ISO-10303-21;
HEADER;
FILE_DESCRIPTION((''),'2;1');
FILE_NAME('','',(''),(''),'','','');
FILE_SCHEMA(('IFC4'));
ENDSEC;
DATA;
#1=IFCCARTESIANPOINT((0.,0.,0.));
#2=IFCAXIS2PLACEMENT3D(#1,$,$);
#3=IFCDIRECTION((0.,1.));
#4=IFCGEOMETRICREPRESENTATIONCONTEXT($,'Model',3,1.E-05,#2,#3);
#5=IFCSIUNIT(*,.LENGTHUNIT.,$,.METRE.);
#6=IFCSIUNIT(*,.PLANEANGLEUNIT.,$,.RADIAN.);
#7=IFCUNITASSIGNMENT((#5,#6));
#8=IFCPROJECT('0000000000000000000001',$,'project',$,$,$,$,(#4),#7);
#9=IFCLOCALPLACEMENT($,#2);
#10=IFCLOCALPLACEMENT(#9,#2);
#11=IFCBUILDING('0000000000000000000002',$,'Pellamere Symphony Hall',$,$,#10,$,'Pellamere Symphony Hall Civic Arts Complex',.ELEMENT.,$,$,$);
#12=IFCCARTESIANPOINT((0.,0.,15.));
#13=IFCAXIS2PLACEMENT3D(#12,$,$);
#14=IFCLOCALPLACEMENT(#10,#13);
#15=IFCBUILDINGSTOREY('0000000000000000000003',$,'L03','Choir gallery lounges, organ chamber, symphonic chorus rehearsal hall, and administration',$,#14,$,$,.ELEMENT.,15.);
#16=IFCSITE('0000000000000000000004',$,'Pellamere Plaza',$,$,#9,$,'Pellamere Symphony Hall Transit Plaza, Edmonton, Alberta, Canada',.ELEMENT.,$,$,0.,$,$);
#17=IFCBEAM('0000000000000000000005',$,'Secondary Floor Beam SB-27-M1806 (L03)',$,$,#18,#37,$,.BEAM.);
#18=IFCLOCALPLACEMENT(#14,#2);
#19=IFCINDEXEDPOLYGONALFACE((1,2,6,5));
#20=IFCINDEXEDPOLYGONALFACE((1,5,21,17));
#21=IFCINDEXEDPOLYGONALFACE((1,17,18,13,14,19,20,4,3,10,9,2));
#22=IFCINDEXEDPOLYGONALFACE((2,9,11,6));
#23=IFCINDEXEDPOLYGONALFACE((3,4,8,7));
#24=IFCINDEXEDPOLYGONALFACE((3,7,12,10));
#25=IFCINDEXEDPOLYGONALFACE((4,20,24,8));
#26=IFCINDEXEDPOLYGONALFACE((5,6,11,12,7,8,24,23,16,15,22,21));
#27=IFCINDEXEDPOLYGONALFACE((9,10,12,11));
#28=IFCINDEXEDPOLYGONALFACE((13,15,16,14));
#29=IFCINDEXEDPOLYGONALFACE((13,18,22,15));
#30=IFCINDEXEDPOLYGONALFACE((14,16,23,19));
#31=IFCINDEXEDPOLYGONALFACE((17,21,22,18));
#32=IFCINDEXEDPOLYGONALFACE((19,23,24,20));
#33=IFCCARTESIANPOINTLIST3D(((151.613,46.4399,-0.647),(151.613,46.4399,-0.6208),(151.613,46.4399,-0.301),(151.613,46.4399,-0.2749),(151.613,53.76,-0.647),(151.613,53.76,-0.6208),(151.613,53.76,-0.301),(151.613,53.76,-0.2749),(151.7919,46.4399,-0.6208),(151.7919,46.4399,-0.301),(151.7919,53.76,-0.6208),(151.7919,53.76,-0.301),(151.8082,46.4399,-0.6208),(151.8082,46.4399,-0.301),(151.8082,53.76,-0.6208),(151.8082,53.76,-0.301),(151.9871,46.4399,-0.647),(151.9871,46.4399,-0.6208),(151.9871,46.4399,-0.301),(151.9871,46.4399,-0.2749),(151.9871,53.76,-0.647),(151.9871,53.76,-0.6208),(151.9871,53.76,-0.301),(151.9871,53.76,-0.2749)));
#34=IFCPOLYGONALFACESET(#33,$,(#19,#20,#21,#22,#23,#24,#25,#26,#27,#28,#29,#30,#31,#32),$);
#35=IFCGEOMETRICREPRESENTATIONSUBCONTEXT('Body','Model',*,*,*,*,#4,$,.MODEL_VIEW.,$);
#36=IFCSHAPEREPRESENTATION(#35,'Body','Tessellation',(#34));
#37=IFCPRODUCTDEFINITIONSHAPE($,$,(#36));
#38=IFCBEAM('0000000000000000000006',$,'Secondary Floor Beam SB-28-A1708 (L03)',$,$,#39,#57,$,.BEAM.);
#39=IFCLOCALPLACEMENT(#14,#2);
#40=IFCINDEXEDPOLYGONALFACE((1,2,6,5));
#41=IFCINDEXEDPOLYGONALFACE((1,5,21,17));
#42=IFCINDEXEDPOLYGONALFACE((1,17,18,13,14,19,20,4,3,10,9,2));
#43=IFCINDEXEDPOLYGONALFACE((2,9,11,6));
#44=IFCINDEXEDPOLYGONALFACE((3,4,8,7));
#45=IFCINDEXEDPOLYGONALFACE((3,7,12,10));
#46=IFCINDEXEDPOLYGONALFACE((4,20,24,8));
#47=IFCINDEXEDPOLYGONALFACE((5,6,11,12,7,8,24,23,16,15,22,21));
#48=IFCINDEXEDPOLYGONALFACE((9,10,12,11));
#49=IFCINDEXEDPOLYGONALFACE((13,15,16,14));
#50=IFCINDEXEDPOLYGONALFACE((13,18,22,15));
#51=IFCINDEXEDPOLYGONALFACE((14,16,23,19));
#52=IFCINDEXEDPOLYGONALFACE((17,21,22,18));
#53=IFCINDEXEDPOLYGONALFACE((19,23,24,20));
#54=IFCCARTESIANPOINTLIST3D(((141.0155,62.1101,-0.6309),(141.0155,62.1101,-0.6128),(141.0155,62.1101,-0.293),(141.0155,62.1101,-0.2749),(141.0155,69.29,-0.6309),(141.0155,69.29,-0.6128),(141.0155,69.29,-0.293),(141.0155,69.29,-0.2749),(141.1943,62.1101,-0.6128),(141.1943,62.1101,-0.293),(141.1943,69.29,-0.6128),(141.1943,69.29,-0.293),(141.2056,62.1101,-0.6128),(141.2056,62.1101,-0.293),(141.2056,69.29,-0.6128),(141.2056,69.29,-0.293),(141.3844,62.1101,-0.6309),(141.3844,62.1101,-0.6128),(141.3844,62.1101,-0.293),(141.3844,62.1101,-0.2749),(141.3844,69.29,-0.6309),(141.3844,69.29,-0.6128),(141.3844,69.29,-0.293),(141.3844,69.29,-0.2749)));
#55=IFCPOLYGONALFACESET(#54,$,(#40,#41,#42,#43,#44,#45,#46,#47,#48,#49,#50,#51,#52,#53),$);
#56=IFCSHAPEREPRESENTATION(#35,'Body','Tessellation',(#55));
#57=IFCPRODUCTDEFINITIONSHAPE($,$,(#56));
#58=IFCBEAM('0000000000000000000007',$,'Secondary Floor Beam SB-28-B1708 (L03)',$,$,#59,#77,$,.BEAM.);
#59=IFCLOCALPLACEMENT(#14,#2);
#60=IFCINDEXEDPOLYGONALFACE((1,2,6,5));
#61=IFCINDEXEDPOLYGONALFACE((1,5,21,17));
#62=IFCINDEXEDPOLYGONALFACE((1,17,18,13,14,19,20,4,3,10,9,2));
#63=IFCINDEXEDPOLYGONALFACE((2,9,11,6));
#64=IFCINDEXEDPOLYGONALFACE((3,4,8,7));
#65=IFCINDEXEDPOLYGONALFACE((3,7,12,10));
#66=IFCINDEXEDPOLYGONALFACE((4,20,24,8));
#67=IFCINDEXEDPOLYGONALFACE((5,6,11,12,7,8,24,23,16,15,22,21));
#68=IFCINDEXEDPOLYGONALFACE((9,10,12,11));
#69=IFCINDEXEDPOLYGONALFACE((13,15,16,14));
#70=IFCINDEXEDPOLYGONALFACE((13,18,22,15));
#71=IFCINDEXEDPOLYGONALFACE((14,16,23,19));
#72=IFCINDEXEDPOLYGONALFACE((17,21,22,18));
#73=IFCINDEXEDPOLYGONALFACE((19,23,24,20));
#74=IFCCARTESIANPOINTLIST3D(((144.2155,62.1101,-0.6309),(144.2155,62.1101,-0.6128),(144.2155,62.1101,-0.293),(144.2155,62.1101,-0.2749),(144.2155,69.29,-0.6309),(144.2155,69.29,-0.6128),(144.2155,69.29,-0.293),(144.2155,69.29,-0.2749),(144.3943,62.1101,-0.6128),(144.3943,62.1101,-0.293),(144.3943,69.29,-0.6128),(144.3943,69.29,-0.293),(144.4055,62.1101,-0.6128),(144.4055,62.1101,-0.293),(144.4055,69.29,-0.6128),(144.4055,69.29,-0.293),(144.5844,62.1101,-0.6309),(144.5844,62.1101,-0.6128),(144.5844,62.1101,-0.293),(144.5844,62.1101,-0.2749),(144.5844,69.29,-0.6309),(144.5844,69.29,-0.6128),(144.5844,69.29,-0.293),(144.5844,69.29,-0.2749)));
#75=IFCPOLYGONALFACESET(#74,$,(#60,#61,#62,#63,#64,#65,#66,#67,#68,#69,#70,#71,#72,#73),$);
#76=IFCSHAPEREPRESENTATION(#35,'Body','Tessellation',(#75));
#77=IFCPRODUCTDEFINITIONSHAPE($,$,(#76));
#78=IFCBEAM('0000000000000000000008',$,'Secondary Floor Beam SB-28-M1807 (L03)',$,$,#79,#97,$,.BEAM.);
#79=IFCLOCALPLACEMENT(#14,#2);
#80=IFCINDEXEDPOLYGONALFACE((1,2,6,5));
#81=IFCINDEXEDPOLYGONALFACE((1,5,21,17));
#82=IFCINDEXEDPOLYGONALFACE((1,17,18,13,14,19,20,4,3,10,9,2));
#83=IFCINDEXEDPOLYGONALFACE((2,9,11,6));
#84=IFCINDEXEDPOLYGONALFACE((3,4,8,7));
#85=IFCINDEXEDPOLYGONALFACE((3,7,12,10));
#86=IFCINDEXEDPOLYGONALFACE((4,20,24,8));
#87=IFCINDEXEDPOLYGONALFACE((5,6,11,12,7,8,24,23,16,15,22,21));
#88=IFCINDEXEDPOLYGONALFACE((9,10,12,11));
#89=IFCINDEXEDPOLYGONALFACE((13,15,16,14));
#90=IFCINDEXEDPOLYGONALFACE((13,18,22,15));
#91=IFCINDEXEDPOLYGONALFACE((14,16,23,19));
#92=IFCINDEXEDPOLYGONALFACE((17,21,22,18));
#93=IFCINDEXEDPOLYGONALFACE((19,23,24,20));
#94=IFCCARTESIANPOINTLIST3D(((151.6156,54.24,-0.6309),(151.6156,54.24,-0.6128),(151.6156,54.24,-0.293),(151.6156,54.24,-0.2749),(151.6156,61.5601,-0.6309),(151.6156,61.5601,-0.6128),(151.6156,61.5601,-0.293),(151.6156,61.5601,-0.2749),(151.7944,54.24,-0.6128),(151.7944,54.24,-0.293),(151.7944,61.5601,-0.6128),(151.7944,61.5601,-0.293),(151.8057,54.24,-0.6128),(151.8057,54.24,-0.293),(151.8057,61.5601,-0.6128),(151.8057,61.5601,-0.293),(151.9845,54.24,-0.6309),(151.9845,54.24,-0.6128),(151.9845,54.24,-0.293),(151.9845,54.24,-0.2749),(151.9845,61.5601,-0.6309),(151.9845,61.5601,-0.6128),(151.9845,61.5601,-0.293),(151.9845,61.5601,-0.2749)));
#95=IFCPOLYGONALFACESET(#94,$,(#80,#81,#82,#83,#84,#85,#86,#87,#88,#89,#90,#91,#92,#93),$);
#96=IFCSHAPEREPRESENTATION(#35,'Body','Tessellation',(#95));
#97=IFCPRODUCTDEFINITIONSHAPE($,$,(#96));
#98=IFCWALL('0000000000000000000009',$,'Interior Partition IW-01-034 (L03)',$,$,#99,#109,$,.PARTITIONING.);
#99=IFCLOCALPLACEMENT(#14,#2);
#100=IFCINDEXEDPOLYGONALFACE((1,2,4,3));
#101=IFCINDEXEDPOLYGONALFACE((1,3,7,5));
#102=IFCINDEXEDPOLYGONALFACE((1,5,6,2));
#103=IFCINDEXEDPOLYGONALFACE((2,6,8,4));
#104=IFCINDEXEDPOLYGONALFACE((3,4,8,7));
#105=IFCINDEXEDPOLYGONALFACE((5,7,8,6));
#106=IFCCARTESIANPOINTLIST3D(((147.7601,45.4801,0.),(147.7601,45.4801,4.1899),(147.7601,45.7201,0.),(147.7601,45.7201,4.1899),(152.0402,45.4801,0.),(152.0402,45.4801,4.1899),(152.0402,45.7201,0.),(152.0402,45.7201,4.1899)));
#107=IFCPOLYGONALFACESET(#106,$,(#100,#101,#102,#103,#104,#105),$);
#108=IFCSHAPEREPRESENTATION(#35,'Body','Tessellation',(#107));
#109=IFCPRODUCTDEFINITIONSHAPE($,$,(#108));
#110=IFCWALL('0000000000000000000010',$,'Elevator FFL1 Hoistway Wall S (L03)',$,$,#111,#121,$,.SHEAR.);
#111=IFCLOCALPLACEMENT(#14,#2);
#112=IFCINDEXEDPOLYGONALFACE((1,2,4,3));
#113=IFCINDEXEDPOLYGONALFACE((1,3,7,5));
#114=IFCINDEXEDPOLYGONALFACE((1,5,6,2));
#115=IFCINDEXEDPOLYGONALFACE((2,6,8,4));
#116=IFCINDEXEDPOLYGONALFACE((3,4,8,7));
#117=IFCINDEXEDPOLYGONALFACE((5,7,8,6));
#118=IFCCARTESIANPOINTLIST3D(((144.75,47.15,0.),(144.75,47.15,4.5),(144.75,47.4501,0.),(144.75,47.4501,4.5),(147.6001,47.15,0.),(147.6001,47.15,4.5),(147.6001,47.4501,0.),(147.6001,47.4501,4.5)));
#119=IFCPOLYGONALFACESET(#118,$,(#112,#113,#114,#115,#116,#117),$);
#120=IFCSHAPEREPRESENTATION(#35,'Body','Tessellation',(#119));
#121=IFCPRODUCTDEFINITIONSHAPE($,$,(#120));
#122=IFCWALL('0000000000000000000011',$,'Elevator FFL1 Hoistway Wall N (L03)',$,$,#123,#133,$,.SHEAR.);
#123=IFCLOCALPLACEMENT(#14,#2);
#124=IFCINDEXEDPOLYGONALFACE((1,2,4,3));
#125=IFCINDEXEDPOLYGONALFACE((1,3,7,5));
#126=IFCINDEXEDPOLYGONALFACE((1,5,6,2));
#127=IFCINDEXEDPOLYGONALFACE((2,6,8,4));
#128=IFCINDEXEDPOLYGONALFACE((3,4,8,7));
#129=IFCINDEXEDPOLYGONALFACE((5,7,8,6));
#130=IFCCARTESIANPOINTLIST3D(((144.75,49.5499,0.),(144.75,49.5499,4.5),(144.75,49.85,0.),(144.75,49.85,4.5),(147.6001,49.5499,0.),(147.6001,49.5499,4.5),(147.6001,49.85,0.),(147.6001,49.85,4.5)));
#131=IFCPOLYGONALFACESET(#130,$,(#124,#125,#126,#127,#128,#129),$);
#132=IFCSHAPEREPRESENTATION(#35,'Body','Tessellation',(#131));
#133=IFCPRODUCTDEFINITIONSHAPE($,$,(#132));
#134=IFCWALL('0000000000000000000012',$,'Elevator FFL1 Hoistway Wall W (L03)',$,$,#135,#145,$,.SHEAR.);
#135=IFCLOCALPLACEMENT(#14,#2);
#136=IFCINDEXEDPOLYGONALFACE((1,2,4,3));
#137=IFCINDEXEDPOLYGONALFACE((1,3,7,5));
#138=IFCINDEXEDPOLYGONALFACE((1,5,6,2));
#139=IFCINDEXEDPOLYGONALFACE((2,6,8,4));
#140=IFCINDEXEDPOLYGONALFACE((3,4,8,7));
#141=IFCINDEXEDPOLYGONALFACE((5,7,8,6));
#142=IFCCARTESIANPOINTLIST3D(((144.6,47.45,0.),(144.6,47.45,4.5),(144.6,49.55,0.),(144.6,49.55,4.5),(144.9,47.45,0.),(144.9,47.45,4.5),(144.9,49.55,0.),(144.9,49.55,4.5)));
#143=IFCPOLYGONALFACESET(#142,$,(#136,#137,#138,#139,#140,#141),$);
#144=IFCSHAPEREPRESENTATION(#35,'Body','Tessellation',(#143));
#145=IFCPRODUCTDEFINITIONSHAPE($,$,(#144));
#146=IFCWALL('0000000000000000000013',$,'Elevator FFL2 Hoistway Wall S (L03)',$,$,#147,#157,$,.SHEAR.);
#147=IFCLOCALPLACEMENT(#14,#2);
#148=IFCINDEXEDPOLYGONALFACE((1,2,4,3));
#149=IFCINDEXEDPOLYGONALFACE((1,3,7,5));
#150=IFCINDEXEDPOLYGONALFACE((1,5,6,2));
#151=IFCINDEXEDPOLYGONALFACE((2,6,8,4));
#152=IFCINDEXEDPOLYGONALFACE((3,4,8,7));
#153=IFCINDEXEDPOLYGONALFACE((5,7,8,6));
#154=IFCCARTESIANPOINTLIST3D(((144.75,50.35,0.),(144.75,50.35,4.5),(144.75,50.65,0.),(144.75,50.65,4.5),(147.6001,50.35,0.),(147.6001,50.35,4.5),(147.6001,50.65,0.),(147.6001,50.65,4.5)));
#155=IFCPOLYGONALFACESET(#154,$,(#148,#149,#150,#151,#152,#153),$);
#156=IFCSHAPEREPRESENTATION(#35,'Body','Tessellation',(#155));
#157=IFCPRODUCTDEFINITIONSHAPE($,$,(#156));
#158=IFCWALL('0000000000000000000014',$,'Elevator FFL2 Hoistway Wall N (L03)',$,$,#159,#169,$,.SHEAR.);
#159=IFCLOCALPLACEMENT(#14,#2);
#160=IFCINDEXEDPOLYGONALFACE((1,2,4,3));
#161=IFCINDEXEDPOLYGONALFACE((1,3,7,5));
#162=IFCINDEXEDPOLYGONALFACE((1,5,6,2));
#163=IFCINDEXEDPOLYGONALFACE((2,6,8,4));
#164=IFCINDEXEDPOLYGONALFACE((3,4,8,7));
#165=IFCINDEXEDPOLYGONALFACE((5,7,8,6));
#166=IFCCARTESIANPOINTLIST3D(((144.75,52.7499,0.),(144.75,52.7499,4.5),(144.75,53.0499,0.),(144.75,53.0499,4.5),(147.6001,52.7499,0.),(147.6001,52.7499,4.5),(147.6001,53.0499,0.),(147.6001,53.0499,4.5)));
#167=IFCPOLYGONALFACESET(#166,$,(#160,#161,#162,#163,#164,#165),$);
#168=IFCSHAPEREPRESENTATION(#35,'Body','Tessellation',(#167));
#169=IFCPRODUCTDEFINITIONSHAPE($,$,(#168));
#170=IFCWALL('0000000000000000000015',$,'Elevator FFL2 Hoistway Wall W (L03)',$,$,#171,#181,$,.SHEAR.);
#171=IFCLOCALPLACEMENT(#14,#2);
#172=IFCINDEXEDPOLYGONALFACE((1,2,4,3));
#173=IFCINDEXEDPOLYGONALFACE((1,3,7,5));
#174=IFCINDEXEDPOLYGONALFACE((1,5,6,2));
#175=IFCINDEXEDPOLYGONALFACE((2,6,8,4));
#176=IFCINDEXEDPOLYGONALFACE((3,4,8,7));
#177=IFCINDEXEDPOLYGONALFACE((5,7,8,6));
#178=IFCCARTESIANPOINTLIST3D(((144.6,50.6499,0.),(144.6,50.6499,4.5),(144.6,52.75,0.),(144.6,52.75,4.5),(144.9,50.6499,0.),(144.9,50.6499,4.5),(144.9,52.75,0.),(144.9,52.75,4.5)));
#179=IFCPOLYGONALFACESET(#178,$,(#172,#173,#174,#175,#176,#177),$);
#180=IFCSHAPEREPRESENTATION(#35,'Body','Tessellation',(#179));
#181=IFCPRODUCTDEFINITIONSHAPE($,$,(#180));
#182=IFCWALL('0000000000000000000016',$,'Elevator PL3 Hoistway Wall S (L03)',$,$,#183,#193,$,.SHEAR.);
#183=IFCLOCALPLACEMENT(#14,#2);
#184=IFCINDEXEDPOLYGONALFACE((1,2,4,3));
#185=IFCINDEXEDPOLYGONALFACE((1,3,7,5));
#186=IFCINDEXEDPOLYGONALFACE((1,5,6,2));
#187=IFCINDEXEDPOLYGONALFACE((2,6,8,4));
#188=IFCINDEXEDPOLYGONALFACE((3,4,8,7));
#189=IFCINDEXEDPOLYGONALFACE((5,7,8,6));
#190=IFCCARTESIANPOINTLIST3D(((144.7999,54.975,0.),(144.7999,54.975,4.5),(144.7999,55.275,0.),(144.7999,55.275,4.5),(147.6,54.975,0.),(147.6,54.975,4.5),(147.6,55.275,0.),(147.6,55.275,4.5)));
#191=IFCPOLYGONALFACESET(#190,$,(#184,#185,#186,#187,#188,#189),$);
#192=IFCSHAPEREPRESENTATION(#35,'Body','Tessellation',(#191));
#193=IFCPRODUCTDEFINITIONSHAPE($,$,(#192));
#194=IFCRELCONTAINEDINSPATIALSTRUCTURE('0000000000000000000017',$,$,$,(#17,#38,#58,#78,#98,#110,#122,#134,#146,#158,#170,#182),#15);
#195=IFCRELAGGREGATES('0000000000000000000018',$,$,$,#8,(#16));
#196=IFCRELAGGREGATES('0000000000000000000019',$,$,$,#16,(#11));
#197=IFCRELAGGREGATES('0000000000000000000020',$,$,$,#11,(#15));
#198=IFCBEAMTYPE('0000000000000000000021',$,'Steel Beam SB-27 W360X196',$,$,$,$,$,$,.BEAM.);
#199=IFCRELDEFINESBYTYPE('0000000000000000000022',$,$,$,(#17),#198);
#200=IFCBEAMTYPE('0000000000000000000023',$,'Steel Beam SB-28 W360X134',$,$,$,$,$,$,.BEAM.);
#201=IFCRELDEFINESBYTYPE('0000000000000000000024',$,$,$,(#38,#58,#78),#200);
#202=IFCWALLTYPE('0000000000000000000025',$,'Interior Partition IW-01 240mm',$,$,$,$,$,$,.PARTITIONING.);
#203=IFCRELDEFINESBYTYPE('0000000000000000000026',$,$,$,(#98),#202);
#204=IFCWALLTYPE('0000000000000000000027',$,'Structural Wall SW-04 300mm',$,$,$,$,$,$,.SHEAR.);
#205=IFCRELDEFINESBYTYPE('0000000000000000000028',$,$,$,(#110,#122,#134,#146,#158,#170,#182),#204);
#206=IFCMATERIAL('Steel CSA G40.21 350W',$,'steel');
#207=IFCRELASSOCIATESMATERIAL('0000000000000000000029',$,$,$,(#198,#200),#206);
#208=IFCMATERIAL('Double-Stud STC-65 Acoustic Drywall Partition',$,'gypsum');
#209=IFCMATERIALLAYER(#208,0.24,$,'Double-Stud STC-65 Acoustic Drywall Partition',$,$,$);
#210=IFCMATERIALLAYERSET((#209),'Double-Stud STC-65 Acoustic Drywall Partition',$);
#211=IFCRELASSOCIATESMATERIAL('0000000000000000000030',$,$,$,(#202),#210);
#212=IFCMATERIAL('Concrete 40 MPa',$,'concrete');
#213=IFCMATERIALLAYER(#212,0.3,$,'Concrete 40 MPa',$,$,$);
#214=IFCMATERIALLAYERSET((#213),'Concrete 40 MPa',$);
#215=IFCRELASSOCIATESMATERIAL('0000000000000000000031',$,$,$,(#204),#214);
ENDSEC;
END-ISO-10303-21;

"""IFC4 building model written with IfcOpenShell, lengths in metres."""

from ifc_helpers import new_model, si_unit, direction, frame, frame_2d, origin, origin_2d, place, context, subcontext, project, spatial, rectangle, i_section, extrude, material, layer, layer_set, material_profile, profile_set, type_object, element, save


model = new_model("IFC4")

# Units and contexts
model_context = context("Model", 3, precision=1e-05, world=origin(), true_north=direction((0.0, 1.0)))
body_context = subcontext(model_context, "Body", "Model", "MODEL_VIEW")
ifc_project = project(units=[si_unit("LENGTHUNIT", "METRE"), si_unit("PLANEANGLEUNIT", "RADIAN")], contexts=[model_context])

# Site, building, storey
site_placement = place(None, origin())
site = spatial("IfcSite", under=ifc_project, at=site_placement, Name="Pellamere Plaza", LongName="Pellamere Symphony Hall Transit Plaza, Edmonton, Alberta, Canada", CompositionType="ELEMENT", RefElevation=0.0)
building_placement = place(site_placement, origin())
building = spatial("IfcBuilding", under=site, at=building_placement, Name="Pellamere Symphony Hall", LongName="Pellamere Symphony Hall Civic Arts Complex", CompositionType="ELEMENT")
storey_placement = place(building_placement, frame((0.0, 0.0, 15.0)))
storey = spatial("IfcBuildingStorey", under=building, at=storey_placement, Name="L03", Description="Choir gallery lounges, organ chamber, symphonic chorus rehearsal hall, and administration", CompositionType="ELEMENT", Elevation=15.0)

# Shared definitions
ifc_material_1 = material(Name="Concrete 40 MPa", Category="concrete")

# Beams
ifc_material_2 = material(Name="Steel CSA G40.21 350W", Category="steel")
ifc_material_profile_1 = material_profile(ifc_material_2, i_section(OverallWidth=0.374, OverallDepth=0.3721, WebThickness=0.0164, FlangeThickness=0.0261, at=origin_2d()), Name="W360X196")
ifc_profile_set_1 = profile_set([ifc_material_profile_1], Name="Steel CSA G40.21 350W")
beam_type_1 = type_object("IfcBeamType", Name="Steel Beam SB-27 W360X196", PredefinedType="BEAM", material=ifc_profile_set_1)
beam_1_placement = place(storey_placement, frame((151.8, 46.4399, -0.4609), z_axis=(0.0, 1.0, 0.0), x_axis=(-1.0, 0.0, 0.0)))
element("IfcBeam", 1, at=beam_1_placement, inside=storey, type_object=beam_type_1, Name="Secondary Floor Beam SB-27-M1806 (L03)", PredefinedType="BEAM", context=body_context, shape_type="SweptSolid", body=[
    extrude(i_section(OverallWidth=0.374, OverallDepth=0.3721, WebThickness=0.0164, FlangeThickness=0.0261, at=origin_2d()), origin(), (0.0, 0.0, 1.0), 7.3201),
])
ifc_material_profile_2 = material_profile(ifc_material_2, i_section(OverallWidth=0.3689, OverallDepth=0.356, WebThickness=0.0112, FlangeThickness=0.0181, at=origin_2d()), Name="W360X134")
ifc_profile_set_2 = profile_set([ifc_material_profile_2], Name="Steel CSA G40.21 350W")
beam_type_2 = type_object("IfcBeamType", Name="Steel Beam SB-28 W360X134", PredefinedType="BEAM", material=ifc_profile_set_2)
for number, where, z_axis, x_axis, name in (
    (2, (141.2, 62.1101, -0.4529), (0.0, 1.0, 0.0), (-1.0, 0.0, 0.0), "Secondary Floor Beam SB-28-A1708 (L03)"),
    (3, (144.3999, 62.1101, -0.4529), (0.0, 1.0, 0.0), (-1.0, 0.0, 0.0), "Secondary Floor Beam SB-28-B1708 (L03)"),
):
    element("IfcBeam", number, at=place(storey_placement, frame(where, z_axis=z_axis, x_axis=x_axis)), inside=storey, type_object=beam_type_2, Name=name, PredefinedType="BEAM", context=body_context, shape_type="SweptSolid", body=[
        extrude(i_section(OverallWidth=0.3689, OverallDepth=0.356, WebThickness=0.0112, FlangeThickness=0.0181, at=origin_2d()), origin(), (0.0, 0.0, 1.0), 7.1799),
    ])
beam_2_placement = place(storey_placement, frame((151.8, 54.24, -0.4529), z_axis=(0.0, 1.0, 0.0), x_axis=(-1.0, 0.0, 0.0)))
element("IfcBeam", 4, at=beam_2_placement, inside=storey, type_object=beam_type_2, Name="Secondary Floor Beam SB-28-M1807 (L03)", PredefinedType="BEAM", context=body_context, shape_type="SweptSolid", body=[
    extrude(i_section(OverallWidth=0.3689, OverallDepth=0.356, WebThickness=0.0112, FlangeThickness=0.0181, at=origin_2d()), origin(), (0.0, 0.0, 1.0), 7.3201),
])

# Walls
ifc_material_3 = material(Name="Double-Stud STC-65 Acoustic Drywall Partition", Category="gypsum")
ifc_layer_1 = layer(ifc_material_3, 0.24, Name="Double-Stud STC-65 Acoustic Drywall Partition")
ifc_layer_set_1 = layer_set([ifc_layer_1], Name="Double-Stud STC-65 Acoustic Drywall Partition")
wall_type_1 = type_object("IfcWallType", Name="Interior Partition IW-01 240mm", PredefinedType="PARTITIONING", material=ifc_layer_set_1)
wall_1_placement = place(storey_placement, frame((147.76, 45.6001, 0.0), z_axis=(0.0, 0.0, 1.0), x_axis=(1.0, 0.0, 0.0)))
element("IfcWall", 5, at=wall_1_placement, inside=storey, type_object=wall_type_1, Name="Interior Partition IW-01-034 (L03)", PredefinedType="PARTITIONING", context=body_context, shape_type="SweptSolid", body=[
    extrude(rectangle(XDim=4.28, YDim=0.24, at=frame_2d((2.1401, 0.0))), origin(), (0.0, 0.0, 1.0), 4.1899),
])
ifc_layer_2 = layer(ifc_material_1, 0.3, Name="Concrete 40 MPa")
ifc_layer_set_2 = layer_set([ifc_layer_2], Name="Concrete 40 MPa")
wall_type_2 = type_object("IfcWallType", Name="Structural Wall SW-04 300mm", PredefinedType="SHEAR", material=ifc_layer_set_2)
for number, where, z_axis, x_axis, name in (
    (6, (144.75, 47.3, 0.0), (0.0, 0.0, 1.0), (1.0, 0.0, 0.0), "Elevator FFL1 Hoistway Wall S (L03)"),
    (7, (144.75, 49.7, 0.0), (0.0, 0.0, 1.0), (1.0, 0.0, 0.0), "Elevator FFL1 Hoistway Wall N (L03)"),
):
    element("IfcWall", number, at=place(storey_placement, frame(where, z_axis=z_axis, x_axis=x_axis)), inside=storey, type_object=wall_type_2, Name=name, PredefinedType="SHEAR", context=body_context, shape_type="SweptSolid", body=[
        extrude(rectangle(XDim=2.8501, YDim=0.3, at=frame_2d((1.425, 0.0))), origin(), (0.0, 0.0, 1.0), 4.5),
    ])
wall_2_placement = place(storey_placement, frame((144.75, 47.45, 0.0), z_axis=(0.0, 0.0, 1.0), x_axis=(0.0, 1.0, 0.0)))
element("IfcWall", 8, at=wall_2_placement, inside=storey, type_object=wall_type_2, Name="Elevator FFL1 Hoistway Wall W (L03)", PredefinedType="SHEAR", context=body_context, shape_type="SweptSolid", body=[
    extrude(rectangle(XDim=2.1001, YDim=0.3, at=frame_2d((1.05, 0.0))), origin(), (0.0, 0.0, 1.0), 4.5),
])
for number, where, z_axis, x_axis, name in (
    (9, (144.75, 50.5, 0.0), (0.0, 0.0, 1.0), (1.0, 0.0, 0.0), "Elevator FFL2 Hoistway Wall S (L03)"),
    (10, (144.75, 52.8999, 0.0), (0.0, 0.0, 1.0), (1.0, 0.0, 0.0), "Elevator FFL2 Hoistway Wall N (L03)"),
):
    element("IfcWall", number, at=place(storey_placement, frame(where, z_axis=z_axis, x_axis=x_axis)), inside=storey, type_object=wall_type_2, Name=name, PredefinedType="SHEAR", context=body_context, shape_type="SweptSolid", body=[
        extrude(rectangle(XDim=2.8501, YDim=0.3, at=frame_2d((1.425, 0.0))), origin(), (0.0, 0.0, 1.0), 4.5),
    ])
wall_3_placement = place(storey_placement, frame((144.75, 50.6499, 0.0), z_axis=(0.0, 0.0, 1.0), x_axis=(0.0, 1.0, 0.0)))
element("IfcWall", 11, at=wall_3_placement, inside=storey, type_object=wall_type_2, Name="Elevator FFL2 Hoistway Wall W (L03)", PredefinedType="SHEAR", context=body_context, shape_type="SweptSolid", body=[
    extrude(rectangle(XDim=2.1001, YDim=0.3, at=frame_2d((1.05, 0.0))), origin(), (0.0, 0.0, 1.0), 4.5),
])
for number, where, z_axis, x_axis, name in (
    (12, (144.8, 55.125, 0.0), (0.0, 0.0, 1.0), (1.0, 0.0, 0.0), "Elevator PL3 Hoistway Wall S (L03)"),
):
    element("IfcWall", number, at=place(storey_placement, frame(where, z_axis=z_axis, x_axis=x_axis)), inside=storey, type_object=wall_type_2, Name=name, PredefinedType="SHEAR", context=body_context, shape_type="SweptSolid", body=[
        extrude(rectangle(XDim=2.8, YDim=0.3, at=frame_2d((1.3999, 0.0))), origin(), (0.0, 0.0, 1.0), 4.5),
    ])

save(model, "model.ifc")
